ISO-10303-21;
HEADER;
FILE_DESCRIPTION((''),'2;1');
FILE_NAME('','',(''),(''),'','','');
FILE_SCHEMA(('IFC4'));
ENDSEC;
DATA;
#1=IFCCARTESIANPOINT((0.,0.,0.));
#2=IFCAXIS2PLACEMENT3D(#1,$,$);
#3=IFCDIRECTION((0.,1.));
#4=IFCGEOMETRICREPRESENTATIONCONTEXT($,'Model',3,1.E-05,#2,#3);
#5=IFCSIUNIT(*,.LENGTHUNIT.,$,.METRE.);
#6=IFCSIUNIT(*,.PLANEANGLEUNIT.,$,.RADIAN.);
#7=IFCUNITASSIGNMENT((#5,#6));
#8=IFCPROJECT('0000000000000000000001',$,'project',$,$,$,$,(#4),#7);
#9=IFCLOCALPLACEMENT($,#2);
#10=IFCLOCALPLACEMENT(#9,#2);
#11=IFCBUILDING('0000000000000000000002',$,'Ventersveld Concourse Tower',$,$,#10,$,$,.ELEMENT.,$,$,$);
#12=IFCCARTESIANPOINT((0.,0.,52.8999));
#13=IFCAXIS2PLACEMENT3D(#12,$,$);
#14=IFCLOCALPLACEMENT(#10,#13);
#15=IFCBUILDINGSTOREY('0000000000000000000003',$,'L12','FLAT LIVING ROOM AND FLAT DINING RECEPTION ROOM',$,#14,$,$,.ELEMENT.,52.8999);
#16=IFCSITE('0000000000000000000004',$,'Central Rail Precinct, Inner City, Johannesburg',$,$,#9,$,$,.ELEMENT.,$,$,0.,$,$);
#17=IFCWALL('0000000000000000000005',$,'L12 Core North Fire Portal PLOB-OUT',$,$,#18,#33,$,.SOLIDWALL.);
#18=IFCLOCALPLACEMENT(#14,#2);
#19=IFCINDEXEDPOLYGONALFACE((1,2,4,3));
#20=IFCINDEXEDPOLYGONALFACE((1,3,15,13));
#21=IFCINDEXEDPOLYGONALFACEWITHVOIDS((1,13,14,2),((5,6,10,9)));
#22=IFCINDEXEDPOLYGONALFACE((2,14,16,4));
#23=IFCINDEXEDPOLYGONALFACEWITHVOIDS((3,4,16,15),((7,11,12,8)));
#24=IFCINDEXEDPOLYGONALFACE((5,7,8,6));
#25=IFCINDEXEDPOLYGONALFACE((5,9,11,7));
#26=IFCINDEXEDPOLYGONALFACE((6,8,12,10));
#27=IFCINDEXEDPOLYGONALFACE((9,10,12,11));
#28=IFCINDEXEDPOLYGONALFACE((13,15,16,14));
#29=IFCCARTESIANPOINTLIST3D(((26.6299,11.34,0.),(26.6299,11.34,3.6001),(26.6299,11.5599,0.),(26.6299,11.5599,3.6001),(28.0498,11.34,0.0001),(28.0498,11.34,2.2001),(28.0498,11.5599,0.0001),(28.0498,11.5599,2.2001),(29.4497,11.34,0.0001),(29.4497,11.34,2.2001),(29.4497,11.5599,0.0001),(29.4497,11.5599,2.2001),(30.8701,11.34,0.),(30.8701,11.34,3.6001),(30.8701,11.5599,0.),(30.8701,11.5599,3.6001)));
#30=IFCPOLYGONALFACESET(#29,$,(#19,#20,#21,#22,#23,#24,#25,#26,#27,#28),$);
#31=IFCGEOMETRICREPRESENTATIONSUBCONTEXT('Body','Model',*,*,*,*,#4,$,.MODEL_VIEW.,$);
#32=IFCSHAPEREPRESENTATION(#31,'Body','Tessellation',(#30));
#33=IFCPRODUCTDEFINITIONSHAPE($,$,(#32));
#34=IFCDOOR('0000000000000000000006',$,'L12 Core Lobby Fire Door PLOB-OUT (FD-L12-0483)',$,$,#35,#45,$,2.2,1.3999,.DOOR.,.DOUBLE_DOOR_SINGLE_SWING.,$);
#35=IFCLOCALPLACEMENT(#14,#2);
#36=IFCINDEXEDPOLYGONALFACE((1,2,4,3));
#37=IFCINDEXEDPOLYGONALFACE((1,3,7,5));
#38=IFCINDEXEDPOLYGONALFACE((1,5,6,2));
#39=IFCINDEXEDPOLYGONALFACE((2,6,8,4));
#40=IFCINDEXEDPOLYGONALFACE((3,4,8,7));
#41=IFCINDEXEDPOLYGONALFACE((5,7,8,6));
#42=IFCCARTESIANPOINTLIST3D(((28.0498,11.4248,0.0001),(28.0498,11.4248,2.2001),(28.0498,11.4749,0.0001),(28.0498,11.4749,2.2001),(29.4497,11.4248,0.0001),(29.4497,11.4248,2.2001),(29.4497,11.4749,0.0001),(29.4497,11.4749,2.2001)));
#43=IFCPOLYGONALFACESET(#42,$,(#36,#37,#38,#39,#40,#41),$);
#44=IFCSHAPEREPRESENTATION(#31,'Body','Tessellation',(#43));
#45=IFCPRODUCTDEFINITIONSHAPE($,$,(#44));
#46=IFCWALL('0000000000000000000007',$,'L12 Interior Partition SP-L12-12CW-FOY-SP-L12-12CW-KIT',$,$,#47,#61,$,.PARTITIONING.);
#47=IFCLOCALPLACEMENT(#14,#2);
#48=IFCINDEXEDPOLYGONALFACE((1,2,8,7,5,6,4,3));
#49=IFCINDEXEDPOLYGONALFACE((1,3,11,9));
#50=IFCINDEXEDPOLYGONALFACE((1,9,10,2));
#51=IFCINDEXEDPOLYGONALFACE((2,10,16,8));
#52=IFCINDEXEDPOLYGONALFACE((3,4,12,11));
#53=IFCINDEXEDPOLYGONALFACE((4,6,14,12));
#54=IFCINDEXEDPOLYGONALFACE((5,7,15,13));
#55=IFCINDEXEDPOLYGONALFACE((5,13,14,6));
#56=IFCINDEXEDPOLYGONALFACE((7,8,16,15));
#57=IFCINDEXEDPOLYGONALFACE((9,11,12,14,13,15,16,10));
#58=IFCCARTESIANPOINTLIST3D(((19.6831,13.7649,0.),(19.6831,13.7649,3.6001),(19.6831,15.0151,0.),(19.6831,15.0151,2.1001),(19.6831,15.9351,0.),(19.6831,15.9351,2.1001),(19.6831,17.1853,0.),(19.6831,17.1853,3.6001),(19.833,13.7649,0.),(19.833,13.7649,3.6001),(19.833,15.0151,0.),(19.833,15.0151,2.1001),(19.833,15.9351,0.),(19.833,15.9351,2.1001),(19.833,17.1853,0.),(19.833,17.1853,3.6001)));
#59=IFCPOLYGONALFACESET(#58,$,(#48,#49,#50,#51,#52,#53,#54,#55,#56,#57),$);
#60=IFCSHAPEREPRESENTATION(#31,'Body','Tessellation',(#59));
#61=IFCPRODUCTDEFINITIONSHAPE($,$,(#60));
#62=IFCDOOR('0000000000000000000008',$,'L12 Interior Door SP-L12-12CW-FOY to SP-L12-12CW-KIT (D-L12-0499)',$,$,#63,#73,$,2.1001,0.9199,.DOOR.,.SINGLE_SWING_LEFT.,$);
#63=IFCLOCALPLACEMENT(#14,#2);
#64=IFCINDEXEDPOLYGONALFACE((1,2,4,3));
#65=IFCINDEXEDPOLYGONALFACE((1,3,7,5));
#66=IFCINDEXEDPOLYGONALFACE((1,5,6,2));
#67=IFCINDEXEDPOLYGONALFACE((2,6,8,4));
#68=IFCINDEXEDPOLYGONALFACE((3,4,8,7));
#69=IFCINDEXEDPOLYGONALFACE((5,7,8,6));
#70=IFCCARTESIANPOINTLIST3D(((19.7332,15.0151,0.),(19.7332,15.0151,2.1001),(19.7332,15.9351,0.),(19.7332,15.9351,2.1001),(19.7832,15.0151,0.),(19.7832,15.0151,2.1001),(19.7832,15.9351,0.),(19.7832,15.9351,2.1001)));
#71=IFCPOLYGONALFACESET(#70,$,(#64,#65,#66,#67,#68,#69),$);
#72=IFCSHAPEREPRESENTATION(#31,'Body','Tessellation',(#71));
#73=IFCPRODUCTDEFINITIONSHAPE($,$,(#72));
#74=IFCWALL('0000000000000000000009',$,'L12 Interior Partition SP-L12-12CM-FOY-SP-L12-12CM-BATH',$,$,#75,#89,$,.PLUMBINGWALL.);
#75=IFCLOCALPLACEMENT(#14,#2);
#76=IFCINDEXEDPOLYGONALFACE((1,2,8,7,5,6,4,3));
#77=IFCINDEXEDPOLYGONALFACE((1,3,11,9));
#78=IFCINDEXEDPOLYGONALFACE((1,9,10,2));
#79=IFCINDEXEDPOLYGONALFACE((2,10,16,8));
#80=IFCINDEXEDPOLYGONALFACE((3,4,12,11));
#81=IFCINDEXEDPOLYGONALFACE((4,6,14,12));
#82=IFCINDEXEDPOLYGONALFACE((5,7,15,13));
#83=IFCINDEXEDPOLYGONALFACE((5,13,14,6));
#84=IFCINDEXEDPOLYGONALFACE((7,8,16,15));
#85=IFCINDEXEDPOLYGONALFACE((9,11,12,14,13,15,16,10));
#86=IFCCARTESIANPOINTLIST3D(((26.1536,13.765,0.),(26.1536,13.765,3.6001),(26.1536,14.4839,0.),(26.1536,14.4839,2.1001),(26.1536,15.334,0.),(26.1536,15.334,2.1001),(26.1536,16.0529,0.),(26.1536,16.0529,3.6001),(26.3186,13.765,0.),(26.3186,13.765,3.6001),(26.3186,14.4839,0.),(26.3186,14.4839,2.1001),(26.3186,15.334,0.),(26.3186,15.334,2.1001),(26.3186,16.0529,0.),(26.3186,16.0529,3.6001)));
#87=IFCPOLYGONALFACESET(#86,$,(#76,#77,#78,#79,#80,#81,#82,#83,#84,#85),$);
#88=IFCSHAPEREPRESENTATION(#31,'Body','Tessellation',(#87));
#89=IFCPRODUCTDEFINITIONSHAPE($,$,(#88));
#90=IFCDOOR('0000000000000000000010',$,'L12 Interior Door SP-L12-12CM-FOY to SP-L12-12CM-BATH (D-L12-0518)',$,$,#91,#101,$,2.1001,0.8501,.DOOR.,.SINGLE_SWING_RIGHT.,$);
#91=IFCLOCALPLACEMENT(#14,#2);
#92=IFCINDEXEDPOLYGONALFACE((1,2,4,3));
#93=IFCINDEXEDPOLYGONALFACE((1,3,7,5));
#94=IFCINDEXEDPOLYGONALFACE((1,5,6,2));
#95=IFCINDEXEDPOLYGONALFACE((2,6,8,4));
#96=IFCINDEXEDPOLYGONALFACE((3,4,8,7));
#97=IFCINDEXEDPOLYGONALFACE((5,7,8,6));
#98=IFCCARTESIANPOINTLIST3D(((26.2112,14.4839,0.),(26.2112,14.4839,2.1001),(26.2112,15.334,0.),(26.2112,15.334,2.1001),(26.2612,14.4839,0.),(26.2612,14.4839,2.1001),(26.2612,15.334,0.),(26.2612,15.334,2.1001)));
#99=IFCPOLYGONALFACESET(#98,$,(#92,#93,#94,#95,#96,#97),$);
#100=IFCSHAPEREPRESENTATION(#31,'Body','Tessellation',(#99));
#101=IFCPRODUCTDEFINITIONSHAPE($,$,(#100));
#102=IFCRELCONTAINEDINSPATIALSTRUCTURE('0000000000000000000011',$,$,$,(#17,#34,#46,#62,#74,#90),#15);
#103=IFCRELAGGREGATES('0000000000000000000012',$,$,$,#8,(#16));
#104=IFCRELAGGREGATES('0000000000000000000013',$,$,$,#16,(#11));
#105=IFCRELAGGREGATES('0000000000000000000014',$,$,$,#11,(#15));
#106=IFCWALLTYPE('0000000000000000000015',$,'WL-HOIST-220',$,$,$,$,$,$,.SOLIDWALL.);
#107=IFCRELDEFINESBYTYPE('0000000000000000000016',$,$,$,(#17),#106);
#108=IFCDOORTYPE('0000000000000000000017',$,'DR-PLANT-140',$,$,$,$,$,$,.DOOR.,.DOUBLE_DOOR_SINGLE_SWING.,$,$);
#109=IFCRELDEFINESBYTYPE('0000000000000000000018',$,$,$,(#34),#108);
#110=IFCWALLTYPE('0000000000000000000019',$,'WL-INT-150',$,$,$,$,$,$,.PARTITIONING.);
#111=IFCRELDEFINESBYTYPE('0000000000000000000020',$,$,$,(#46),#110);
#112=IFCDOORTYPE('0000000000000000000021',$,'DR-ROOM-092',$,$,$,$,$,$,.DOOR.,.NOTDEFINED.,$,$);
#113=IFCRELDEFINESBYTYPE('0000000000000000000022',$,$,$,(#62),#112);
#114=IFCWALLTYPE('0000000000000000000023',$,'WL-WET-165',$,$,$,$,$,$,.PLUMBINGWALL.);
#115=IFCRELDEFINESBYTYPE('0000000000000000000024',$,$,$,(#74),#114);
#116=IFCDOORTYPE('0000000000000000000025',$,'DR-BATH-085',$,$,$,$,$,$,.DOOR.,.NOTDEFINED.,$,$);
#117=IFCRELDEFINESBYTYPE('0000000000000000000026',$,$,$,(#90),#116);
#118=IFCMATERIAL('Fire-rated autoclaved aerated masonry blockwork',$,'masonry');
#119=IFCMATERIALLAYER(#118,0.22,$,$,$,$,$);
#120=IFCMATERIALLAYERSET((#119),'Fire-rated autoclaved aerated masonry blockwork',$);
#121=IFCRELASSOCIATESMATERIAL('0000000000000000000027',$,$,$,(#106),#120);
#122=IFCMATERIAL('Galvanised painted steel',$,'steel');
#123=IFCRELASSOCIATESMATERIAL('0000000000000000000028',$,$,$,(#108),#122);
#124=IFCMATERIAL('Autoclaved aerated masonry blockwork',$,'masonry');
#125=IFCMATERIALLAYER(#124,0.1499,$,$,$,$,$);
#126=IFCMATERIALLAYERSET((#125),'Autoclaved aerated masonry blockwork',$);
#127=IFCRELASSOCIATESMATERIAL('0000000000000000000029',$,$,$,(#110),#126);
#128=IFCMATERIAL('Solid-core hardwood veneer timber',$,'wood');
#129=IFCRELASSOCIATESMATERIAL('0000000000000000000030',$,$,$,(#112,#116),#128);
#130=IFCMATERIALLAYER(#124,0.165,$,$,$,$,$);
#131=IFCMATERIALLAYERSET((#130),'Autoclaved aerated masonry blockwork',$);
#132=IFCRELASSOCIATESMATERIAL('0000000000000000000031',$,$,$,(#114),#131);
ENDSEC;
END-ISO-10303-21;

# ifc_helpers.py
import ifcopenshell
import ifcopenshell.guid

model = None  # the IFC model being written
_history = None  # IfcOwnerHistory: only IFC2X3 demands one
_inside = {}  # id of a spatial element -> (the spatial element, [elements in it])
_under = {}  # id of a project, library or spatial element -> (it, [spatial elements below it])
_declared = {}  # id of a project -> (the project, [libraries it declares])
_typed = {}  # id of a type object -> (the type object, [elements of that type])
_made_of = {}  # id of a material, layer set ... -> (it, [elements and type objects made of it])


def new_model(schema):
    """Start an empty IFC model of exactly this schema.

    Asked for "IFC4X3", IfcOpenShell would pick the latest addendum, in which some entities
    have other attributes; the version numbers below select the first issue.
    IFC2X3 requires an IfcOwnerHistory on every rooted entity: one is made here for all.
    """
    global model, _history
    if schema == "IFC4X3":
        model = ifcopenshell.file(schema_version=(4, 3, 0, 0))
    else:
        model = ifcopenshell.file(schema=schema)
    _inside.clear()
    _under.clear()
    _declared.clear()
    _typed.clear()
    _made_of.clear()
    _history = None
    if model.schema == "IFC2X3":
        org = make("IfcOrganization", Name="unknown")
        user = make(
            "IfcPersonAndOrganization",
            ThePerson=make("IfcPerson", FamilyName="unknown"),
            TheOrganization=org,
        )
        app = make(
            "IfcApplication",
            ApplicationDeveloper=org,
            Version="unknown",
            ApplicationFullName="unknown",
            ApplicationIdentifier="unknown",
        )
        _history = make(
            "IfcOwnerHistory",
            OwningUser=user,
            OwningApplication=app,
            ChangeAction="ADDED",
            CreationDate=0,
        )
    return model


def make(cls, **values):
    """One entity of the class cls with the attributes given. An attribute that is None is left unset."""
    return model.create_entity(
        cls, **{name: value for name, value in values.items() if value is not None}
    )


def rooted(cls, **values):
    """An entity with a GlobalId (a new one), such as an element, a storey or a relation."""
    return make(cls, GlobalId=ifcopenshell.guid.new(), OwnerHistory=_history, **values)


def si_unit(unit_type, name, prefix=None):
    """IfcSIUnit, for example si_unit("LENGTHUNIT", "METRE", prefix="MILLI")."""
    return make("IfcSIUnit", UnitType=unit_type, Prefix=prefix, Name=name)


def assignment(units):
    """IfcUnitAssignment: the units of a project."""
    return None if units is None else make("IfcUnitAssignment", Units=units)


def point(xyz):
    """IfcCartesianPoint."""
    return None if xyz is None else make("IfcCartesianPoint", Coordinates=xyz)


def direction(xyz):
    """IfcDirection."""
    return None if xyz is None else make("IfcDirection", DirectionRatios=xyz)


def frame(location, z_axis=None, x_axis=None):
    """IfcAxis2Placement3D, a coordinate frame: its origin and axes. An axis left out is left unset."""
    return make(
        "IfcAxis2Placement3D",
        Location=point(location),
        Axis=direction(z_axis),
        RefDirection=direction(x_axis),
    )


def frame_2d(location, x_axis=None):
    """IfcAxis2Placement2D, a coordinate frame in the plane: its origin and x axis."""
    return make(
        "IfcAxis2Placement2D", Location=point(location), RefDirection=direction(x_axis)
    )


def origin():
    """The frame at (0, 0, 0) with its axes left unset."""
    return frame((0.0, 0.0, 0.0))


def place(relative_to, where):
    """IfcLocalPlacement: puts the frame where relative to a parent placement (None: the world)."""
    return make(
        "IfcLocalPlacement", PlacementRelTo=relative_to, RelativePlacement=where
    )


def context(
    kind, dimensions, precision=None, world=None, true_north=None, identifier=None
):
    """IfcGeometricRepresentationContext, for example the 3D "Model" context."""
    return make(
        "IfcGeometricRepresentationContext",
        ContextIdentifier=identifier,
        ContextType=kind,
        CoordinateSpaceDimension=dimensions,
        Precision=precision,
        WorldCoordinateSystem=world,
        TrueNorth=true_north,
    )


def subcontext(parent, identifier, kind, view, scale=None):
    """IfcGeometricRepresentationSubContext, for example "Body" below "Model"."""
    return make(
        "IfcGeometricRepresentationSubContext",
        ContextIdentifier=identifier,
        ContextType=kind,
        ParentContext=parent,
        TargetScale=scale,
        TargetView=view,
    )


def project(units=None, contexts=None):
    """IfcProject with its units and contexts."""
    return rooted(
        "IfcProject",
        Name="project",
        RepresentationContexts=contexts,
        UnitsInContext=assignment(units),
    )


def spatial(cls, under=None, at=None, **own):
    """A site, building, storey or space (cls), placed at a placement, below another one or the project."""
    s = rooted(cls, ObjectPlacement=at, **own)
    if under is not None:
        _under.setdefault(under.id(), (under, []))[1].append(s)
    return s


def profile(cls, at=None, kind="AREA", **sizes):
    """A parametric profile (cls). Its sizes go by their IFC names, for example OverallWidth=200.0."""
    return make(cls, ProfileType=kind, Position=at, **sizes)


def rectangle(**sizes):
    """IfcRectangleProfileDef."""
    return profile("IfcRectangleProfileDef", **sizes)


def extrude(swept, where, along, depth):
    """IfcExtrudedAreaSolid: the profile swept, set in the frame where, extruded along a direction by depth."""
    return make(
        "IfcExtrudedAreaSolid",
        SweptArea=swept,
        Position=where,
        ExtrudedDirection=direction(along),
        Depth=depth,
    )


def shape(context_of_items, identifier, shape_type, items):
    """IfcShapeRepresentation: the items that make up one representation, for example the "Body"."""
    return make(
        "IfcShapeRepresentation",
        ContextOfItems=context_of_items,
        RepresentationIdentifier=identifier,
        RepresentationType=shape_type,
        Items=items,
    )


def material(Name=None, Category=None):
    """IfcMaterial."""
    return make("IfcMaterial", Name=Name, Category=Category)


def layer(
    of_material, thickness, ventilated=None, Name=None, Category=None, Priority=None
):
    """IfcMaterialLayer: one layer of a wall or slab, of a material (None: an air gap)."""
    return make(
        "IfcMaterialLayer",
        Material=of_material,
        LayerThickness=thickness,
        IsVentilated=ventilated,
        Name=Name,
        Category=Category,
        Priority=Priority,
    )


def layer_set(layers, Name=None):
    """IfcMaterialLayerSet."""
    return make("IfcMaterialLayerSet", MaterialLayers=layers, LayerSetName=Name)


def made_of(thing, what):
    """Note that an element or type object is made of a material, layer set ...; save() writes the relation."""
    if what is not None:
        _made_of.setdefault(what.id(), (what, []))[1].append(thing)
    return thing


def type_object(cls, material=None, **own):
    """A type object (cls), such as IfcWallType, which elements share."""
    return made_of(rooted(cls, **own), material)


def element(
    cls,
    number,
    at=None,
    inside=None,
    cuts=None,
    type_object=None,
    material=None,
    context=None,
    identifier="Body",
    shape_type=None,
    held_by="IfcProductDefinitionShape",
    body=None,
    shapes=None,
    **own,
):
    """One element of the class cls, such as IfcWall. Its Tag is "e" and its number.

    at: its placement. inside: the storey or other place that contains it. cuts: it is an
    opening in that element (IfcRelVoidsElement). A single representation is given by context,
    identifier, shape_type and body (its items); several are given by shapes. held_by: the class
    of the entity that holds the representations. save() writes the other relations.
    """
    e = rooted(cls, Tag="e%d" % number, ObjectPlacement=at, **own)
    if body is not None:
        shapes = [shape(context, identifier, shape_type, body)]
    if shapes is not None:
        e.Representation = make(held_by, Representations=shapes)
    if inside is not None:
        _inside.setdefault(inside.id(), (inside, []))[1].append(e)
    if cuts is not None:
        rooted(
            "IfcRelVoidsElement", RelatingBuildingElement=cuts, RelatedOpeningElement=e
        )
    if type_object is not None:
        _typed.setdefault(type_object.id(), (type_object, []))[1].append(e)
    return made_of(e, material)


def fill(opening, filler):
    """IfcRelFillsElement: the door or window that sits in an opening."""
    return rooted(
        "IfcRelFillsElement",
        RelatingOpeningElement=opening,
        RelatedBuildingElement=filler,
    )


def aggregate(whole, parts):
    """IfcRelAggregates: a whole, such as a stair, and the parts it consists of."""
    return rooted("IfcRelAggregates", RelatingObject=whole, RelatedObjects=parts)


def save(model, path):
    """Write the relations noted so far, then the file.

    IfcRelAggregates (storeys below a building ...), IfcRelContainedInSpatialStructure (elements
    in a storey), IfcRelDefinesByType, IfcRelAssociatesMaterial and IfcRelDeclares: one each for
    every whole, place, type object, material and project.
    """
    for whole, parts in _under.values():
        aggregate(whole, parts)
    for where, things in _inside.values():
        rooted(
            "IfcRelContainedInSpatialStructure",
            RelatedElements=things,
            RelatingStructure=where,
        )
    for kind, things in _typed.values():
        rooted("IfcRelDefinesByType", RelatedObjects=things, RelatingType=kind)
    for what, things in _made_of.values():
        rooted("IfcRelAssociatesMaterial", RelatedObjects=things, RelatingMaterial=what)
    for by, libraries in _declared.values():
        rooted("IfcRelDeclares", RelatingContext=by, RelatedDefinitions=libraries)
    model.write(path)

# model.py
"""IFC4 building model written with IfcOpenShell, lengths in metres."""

from ifc_helpers import new_model, si_unit, direction, frame, frame_2d, origin, place, context, subcontext, project, spatial, rectangle, extrude, material, layer, layer_set, type_object, element, fill, save


model = new_model("IFC4")

# Units and contexts
model_context = context("Model", 3, precision=1e-05, world=origin(), true_north=direction((0.0, 1.0)))
body_context = subcontext(model_context, "Body", "Model", "MODEL_VIEW")
ifc_project = project(units=[si_unit("LENGTHUNIT", "METRE"), si_unit("PLANEANGLEUNIT", "RADIAN")], contexts=[model_context])

# Site, building, storey
site_placement = place(None, origin())
site = spatial("IfcSite", under=ifc_project, at=site_placement, Name="Central Rail Precinct, Inner City, Johannesburg", CompositionType="ELEMENT", RefElevation=0.0)
building_placement = place(site_placement, origin())
building = spatial("IfcBuilding", under=site, at=building_placement, Name="Ventersveld Concourse Tower", CompositionType="ELEMENT")
storey_placement = place(building_placement, frame((0.0, 0.0, 52.8999)))
storey = spatial("IfcBuildingStorey", under=building, at=storey_placement, Name="L12", Description="FLAT LIVING ROOM AND FLAT DINING RECEPTION ROOM", CompositionType="ELEMENT", Elevation=52.8999)

# Shared definitions
ifc_material_1 = material(Name="Fire-rated autoclaved aerated masonry blockwork", Category="masonry")

# Shared definitions
ifc_layer_1 = layer(ifc_material_1, 0.22)
ifc_layer_set_1 = layer_set([ifc_layer_1], Name="Fire-rated autoclaved aerated masonry blockwork")
wall_type_1 = type_object("IfcWallType", Name="WL-HOIST-220", PredefinedType="SOLIDWALL", material=ifc_layer_set_1)

# Walls, openings, doors
ifc_material_2 = material(Name="Galvanised painted steel", Category="steel")
wall_1_placement = place(storey_placement, frame((26.6299, 11.45, 0.0), z_axis=(0.0, 0.0, 1.0), x_axis=(1.0, 0.0, 0.0)))
wall_1 = element("IfcWall", 1, at=wall_1_placement, inside=storey, type_object=wall_type_1, Name="L12 Core North Fire Portal PLOB-OUT", PredefinedType="SOLIDWALL", context=body_context, shape_type="SweptSolid", body=[
    extrude(rectangle(XDim=4.2402, YDim=0.22, at=frame_2d((2.1201, 0.0))), origin(), (0.0, 0.0, 1.0), 3.6001),
])
opening_1_placement = place(wall_1_placement, frame((1.4199, 0.0, 0.0)))
opening_1 = element("IfcOpeningElement", 2, at=opening_1_placement, cuts=wall_1, PredefinedType="OPENING", context=body_context, shape_type="SweptSolid", body=[
    extrude(rectangle(XDim=1.3999, YDim=2.2, at=frame_2d((0.7, 1.1001))), frame((0.0, 0.1201, 0.0), z_axis=(0.0, -1.0, 0.0), x_axis=(1.0, 0.0, 0.0)), (0.0, 0.0, 1.0), 0.24),
])
door_type_1 = type_object("IfcDoorType", Name="DR-PLANT-140", OperationType="DOUBLE_DOOR_SINGLE_SWING", PredefinedType="DOOR", material=ifc_material_2)
door_1_placement = place(opening_1_placement, origin())
door_1 = element("IfcDoor", 3, at=door_1_placement, inside=storey, type_object=door_type_1, Name="L12 Core Lobby Fire Door PLOB-OUT (FD-L12-0483)", OperationType="DOUBLE_DOOR_SINGLE_SWING", OverallHeight=2.2, OverallWidth=1.3999, PredefinedType="DOOR", context=body_context, shape_type="SweptSolid", body=[
    extrude(rectangle(XDim=1.3999, YDim=2.2, at=frame_2d((0.7, 1.1001))), frame((0.0, 0.0249, 0.0), z_axis=(0.0, -1.0, 0.0), x_axis=(1.0, 0.0, 0.0)), (0.0, 0.0, 1.0), 0.05),
])
fill(opening_1, door_1)
ifc_material_3 = material(Name="Autoclaved aerated masonry blockwork", Category="masonry")
ifc_layer_2 = layer(ifc_material_3, 0.1499)
ifc_layer_set_2 = layer_set([ifc_layer_2], Name="Autoclaved aerated masonry blockwork")
wall_type_2 = type_object("IfcWallType", Name="WL-INT-150", PredefinedType="PARTITIONING", material=ifc_layer_set_2)
wall_2_placement = place(storey_placement, frame((19.7581, 13.7649, 0.0), z_axis=(0.0, 0.0, 1.0), x_axis=(0.0, 1.0, 0.0)))
wall_2 = element("IfcWall", 4, at=wall_2_placement, inside=storey, type_object=wall_type_2, Name="L12 Interior Partition SP-L12-12CW-FOY-SP-L12-12CW-KIT", PredefinedType="PARTITIONING", context=body_context, shape_type="SweptSolid", body=[
    extrude(rectangle(XDim=3.4204, YDim=0.1499, at=frame_2d((1.7102, 0.0))), origin(), (0.0, 0.0, 1.0), 3.6001),
])
opening_2_placement = place(wall_2_placement, frame((1.2502, 0.0, 0.0)))
opening_2 = element("IfcOpeningElement", 5, at=opening_2_placement, cuts=wall_2, PredefinedType="OPENING", context=body_context, shape_type="SweptSolid", body=[
    extrude(rectangle(XDim=0.9199, YDim=2.1001, at=frame_2d((0.46, 1.05))), frame((0.0, 0.085, 0.0), z_axis=(0.0, -1.0, 0.0), x_axis=(1.0, 0.0, 0.0)), (0.0, 0.0, 1.0), 0.1699),
])
ifc_material_4 = material(Name="Solid-core hardwood veneer timber", Category="wood")
door_type_2 = type_object("IfcDoorType", Name="DR-ROOM-092", OperationType="NOTDEFINED", PredefinedType="DOOR", material=ifc_material_4)
door_2_placement = place(opening_2_placement, origin())
door_2 = element("IfcDoor", 6, at=door_2_placement, inside=storey, type_object=door_type_2, Name="L12 Interior Door SP-L12-12CW-FOY to SP-L12-12CW-KIT (D-L12-0499)", OperationType="SINGLE_SWING_LEFT", OverallHeight=2.1001, OverallWidth=0.9199, PredefinedType="DOOR", context=body_context, shape_type="SweptSolid", body=[
    extrude(rectangle(XDim=0.9199, YDim=2.1001, at=frame_2d((0.46, 1.05))), frame((0.0, 0.0249, 0.0), z_axis=(0.0, -1.0, 0.0), x_axis=(1.0, 0.0, 0.0)), (0.0, 0.0, 1.0), 0.05),
])
fill(opening_2, door_2)
ifc_layer_3 = layer(ifc_material_3, 0.165)
ifc_layer_set_3 = layer_set([ifc_layer_3], Name="Autoclaved aerated masonry blockwork")
wall_type_3 = type_object("IfcWallType", Name="WL-WET-165", PredefinedType="PLUMBINGWALL", material=ifc_layer_set_3)
wall_3_placement = place(storey_placement, frame((26.2361, 13.7649, 0.0), z_axis=(0.0, 0.0, 1.0), x_axis=(0.0, 1.0, 0.0)))
wall_3 = element("IfcWall", 7, at=wall_3_placement, inside=storey, type_object=wall_type_3, Name="L12 Interior Partition SP-L12-12CM-FOY-SP-L12-12CM-BATH", PredefinedType="PLUMBINGWALL", context=body_context, shape_type="SweptSolid", body=[
    extrude(rectangle(XDim=2.2878, YDim=0.165, at=frame_2d((1.144, 0.0))), origin(), (0.0, 0.0, 1.0), 3.6001),
])
opening_3_placement = place(wall_3_placement, frame((0.719, 0.0, 0.0)))
opening_3 = element("IfcOpeningElement", 8, at=opening_3_placement, cuts=wall_3, PredefinedType="OPENING", context=body_context, shape_type="SweptSolid", body=[
    extrude(rectangle(XDim=0.8501, YDim=2.1001, at=frame_2d((0.425, 1.05))), frame((0.0, 0.0925, 0.0), z_axis=(0.0, -1.0, 0.0), x_axis=(1.0, 0.0, 0.0)), (0.0, 0.0, 1.0), 0.1851),
])
door_type_3 = type_object("IfcDoorType", Name="DR-BATH-085", OperationType="NOTDEFINED", PredefinedType="DOOR", material=ifc_material_4)
door_3_placement = place(opening_3_placement, origin())
door_3 = element("IfcDoor", 9, at=door_3_placement, inside=storey, type_object=door_type_3, Name="L12 Interior Door SP-L12-12CM-FOY to SP-L12-12CM-BATH (D-L12-0518)", OperationType="SINGLE_SWING_RIGHT", OverallHeight=2.1001, OverallWidth=0.8501, PredefinedType="DOOR", context=body_context, shape_type="SweptSolid", body=[
    extrude(rectangle(XDim=0.8501, YDim=2.1001, at=frame_2d((0.425, 1.05))), frame((0.0, 0.0249, 0.0), z_axis=(0.0, -1.0, 0.0), x_axis=(1.0, 0.0, 0.0)), (0.0, 0.0, 1.0), 0.05),
])
fill(opening_3, door_3)

save(model, "model.ifc")
